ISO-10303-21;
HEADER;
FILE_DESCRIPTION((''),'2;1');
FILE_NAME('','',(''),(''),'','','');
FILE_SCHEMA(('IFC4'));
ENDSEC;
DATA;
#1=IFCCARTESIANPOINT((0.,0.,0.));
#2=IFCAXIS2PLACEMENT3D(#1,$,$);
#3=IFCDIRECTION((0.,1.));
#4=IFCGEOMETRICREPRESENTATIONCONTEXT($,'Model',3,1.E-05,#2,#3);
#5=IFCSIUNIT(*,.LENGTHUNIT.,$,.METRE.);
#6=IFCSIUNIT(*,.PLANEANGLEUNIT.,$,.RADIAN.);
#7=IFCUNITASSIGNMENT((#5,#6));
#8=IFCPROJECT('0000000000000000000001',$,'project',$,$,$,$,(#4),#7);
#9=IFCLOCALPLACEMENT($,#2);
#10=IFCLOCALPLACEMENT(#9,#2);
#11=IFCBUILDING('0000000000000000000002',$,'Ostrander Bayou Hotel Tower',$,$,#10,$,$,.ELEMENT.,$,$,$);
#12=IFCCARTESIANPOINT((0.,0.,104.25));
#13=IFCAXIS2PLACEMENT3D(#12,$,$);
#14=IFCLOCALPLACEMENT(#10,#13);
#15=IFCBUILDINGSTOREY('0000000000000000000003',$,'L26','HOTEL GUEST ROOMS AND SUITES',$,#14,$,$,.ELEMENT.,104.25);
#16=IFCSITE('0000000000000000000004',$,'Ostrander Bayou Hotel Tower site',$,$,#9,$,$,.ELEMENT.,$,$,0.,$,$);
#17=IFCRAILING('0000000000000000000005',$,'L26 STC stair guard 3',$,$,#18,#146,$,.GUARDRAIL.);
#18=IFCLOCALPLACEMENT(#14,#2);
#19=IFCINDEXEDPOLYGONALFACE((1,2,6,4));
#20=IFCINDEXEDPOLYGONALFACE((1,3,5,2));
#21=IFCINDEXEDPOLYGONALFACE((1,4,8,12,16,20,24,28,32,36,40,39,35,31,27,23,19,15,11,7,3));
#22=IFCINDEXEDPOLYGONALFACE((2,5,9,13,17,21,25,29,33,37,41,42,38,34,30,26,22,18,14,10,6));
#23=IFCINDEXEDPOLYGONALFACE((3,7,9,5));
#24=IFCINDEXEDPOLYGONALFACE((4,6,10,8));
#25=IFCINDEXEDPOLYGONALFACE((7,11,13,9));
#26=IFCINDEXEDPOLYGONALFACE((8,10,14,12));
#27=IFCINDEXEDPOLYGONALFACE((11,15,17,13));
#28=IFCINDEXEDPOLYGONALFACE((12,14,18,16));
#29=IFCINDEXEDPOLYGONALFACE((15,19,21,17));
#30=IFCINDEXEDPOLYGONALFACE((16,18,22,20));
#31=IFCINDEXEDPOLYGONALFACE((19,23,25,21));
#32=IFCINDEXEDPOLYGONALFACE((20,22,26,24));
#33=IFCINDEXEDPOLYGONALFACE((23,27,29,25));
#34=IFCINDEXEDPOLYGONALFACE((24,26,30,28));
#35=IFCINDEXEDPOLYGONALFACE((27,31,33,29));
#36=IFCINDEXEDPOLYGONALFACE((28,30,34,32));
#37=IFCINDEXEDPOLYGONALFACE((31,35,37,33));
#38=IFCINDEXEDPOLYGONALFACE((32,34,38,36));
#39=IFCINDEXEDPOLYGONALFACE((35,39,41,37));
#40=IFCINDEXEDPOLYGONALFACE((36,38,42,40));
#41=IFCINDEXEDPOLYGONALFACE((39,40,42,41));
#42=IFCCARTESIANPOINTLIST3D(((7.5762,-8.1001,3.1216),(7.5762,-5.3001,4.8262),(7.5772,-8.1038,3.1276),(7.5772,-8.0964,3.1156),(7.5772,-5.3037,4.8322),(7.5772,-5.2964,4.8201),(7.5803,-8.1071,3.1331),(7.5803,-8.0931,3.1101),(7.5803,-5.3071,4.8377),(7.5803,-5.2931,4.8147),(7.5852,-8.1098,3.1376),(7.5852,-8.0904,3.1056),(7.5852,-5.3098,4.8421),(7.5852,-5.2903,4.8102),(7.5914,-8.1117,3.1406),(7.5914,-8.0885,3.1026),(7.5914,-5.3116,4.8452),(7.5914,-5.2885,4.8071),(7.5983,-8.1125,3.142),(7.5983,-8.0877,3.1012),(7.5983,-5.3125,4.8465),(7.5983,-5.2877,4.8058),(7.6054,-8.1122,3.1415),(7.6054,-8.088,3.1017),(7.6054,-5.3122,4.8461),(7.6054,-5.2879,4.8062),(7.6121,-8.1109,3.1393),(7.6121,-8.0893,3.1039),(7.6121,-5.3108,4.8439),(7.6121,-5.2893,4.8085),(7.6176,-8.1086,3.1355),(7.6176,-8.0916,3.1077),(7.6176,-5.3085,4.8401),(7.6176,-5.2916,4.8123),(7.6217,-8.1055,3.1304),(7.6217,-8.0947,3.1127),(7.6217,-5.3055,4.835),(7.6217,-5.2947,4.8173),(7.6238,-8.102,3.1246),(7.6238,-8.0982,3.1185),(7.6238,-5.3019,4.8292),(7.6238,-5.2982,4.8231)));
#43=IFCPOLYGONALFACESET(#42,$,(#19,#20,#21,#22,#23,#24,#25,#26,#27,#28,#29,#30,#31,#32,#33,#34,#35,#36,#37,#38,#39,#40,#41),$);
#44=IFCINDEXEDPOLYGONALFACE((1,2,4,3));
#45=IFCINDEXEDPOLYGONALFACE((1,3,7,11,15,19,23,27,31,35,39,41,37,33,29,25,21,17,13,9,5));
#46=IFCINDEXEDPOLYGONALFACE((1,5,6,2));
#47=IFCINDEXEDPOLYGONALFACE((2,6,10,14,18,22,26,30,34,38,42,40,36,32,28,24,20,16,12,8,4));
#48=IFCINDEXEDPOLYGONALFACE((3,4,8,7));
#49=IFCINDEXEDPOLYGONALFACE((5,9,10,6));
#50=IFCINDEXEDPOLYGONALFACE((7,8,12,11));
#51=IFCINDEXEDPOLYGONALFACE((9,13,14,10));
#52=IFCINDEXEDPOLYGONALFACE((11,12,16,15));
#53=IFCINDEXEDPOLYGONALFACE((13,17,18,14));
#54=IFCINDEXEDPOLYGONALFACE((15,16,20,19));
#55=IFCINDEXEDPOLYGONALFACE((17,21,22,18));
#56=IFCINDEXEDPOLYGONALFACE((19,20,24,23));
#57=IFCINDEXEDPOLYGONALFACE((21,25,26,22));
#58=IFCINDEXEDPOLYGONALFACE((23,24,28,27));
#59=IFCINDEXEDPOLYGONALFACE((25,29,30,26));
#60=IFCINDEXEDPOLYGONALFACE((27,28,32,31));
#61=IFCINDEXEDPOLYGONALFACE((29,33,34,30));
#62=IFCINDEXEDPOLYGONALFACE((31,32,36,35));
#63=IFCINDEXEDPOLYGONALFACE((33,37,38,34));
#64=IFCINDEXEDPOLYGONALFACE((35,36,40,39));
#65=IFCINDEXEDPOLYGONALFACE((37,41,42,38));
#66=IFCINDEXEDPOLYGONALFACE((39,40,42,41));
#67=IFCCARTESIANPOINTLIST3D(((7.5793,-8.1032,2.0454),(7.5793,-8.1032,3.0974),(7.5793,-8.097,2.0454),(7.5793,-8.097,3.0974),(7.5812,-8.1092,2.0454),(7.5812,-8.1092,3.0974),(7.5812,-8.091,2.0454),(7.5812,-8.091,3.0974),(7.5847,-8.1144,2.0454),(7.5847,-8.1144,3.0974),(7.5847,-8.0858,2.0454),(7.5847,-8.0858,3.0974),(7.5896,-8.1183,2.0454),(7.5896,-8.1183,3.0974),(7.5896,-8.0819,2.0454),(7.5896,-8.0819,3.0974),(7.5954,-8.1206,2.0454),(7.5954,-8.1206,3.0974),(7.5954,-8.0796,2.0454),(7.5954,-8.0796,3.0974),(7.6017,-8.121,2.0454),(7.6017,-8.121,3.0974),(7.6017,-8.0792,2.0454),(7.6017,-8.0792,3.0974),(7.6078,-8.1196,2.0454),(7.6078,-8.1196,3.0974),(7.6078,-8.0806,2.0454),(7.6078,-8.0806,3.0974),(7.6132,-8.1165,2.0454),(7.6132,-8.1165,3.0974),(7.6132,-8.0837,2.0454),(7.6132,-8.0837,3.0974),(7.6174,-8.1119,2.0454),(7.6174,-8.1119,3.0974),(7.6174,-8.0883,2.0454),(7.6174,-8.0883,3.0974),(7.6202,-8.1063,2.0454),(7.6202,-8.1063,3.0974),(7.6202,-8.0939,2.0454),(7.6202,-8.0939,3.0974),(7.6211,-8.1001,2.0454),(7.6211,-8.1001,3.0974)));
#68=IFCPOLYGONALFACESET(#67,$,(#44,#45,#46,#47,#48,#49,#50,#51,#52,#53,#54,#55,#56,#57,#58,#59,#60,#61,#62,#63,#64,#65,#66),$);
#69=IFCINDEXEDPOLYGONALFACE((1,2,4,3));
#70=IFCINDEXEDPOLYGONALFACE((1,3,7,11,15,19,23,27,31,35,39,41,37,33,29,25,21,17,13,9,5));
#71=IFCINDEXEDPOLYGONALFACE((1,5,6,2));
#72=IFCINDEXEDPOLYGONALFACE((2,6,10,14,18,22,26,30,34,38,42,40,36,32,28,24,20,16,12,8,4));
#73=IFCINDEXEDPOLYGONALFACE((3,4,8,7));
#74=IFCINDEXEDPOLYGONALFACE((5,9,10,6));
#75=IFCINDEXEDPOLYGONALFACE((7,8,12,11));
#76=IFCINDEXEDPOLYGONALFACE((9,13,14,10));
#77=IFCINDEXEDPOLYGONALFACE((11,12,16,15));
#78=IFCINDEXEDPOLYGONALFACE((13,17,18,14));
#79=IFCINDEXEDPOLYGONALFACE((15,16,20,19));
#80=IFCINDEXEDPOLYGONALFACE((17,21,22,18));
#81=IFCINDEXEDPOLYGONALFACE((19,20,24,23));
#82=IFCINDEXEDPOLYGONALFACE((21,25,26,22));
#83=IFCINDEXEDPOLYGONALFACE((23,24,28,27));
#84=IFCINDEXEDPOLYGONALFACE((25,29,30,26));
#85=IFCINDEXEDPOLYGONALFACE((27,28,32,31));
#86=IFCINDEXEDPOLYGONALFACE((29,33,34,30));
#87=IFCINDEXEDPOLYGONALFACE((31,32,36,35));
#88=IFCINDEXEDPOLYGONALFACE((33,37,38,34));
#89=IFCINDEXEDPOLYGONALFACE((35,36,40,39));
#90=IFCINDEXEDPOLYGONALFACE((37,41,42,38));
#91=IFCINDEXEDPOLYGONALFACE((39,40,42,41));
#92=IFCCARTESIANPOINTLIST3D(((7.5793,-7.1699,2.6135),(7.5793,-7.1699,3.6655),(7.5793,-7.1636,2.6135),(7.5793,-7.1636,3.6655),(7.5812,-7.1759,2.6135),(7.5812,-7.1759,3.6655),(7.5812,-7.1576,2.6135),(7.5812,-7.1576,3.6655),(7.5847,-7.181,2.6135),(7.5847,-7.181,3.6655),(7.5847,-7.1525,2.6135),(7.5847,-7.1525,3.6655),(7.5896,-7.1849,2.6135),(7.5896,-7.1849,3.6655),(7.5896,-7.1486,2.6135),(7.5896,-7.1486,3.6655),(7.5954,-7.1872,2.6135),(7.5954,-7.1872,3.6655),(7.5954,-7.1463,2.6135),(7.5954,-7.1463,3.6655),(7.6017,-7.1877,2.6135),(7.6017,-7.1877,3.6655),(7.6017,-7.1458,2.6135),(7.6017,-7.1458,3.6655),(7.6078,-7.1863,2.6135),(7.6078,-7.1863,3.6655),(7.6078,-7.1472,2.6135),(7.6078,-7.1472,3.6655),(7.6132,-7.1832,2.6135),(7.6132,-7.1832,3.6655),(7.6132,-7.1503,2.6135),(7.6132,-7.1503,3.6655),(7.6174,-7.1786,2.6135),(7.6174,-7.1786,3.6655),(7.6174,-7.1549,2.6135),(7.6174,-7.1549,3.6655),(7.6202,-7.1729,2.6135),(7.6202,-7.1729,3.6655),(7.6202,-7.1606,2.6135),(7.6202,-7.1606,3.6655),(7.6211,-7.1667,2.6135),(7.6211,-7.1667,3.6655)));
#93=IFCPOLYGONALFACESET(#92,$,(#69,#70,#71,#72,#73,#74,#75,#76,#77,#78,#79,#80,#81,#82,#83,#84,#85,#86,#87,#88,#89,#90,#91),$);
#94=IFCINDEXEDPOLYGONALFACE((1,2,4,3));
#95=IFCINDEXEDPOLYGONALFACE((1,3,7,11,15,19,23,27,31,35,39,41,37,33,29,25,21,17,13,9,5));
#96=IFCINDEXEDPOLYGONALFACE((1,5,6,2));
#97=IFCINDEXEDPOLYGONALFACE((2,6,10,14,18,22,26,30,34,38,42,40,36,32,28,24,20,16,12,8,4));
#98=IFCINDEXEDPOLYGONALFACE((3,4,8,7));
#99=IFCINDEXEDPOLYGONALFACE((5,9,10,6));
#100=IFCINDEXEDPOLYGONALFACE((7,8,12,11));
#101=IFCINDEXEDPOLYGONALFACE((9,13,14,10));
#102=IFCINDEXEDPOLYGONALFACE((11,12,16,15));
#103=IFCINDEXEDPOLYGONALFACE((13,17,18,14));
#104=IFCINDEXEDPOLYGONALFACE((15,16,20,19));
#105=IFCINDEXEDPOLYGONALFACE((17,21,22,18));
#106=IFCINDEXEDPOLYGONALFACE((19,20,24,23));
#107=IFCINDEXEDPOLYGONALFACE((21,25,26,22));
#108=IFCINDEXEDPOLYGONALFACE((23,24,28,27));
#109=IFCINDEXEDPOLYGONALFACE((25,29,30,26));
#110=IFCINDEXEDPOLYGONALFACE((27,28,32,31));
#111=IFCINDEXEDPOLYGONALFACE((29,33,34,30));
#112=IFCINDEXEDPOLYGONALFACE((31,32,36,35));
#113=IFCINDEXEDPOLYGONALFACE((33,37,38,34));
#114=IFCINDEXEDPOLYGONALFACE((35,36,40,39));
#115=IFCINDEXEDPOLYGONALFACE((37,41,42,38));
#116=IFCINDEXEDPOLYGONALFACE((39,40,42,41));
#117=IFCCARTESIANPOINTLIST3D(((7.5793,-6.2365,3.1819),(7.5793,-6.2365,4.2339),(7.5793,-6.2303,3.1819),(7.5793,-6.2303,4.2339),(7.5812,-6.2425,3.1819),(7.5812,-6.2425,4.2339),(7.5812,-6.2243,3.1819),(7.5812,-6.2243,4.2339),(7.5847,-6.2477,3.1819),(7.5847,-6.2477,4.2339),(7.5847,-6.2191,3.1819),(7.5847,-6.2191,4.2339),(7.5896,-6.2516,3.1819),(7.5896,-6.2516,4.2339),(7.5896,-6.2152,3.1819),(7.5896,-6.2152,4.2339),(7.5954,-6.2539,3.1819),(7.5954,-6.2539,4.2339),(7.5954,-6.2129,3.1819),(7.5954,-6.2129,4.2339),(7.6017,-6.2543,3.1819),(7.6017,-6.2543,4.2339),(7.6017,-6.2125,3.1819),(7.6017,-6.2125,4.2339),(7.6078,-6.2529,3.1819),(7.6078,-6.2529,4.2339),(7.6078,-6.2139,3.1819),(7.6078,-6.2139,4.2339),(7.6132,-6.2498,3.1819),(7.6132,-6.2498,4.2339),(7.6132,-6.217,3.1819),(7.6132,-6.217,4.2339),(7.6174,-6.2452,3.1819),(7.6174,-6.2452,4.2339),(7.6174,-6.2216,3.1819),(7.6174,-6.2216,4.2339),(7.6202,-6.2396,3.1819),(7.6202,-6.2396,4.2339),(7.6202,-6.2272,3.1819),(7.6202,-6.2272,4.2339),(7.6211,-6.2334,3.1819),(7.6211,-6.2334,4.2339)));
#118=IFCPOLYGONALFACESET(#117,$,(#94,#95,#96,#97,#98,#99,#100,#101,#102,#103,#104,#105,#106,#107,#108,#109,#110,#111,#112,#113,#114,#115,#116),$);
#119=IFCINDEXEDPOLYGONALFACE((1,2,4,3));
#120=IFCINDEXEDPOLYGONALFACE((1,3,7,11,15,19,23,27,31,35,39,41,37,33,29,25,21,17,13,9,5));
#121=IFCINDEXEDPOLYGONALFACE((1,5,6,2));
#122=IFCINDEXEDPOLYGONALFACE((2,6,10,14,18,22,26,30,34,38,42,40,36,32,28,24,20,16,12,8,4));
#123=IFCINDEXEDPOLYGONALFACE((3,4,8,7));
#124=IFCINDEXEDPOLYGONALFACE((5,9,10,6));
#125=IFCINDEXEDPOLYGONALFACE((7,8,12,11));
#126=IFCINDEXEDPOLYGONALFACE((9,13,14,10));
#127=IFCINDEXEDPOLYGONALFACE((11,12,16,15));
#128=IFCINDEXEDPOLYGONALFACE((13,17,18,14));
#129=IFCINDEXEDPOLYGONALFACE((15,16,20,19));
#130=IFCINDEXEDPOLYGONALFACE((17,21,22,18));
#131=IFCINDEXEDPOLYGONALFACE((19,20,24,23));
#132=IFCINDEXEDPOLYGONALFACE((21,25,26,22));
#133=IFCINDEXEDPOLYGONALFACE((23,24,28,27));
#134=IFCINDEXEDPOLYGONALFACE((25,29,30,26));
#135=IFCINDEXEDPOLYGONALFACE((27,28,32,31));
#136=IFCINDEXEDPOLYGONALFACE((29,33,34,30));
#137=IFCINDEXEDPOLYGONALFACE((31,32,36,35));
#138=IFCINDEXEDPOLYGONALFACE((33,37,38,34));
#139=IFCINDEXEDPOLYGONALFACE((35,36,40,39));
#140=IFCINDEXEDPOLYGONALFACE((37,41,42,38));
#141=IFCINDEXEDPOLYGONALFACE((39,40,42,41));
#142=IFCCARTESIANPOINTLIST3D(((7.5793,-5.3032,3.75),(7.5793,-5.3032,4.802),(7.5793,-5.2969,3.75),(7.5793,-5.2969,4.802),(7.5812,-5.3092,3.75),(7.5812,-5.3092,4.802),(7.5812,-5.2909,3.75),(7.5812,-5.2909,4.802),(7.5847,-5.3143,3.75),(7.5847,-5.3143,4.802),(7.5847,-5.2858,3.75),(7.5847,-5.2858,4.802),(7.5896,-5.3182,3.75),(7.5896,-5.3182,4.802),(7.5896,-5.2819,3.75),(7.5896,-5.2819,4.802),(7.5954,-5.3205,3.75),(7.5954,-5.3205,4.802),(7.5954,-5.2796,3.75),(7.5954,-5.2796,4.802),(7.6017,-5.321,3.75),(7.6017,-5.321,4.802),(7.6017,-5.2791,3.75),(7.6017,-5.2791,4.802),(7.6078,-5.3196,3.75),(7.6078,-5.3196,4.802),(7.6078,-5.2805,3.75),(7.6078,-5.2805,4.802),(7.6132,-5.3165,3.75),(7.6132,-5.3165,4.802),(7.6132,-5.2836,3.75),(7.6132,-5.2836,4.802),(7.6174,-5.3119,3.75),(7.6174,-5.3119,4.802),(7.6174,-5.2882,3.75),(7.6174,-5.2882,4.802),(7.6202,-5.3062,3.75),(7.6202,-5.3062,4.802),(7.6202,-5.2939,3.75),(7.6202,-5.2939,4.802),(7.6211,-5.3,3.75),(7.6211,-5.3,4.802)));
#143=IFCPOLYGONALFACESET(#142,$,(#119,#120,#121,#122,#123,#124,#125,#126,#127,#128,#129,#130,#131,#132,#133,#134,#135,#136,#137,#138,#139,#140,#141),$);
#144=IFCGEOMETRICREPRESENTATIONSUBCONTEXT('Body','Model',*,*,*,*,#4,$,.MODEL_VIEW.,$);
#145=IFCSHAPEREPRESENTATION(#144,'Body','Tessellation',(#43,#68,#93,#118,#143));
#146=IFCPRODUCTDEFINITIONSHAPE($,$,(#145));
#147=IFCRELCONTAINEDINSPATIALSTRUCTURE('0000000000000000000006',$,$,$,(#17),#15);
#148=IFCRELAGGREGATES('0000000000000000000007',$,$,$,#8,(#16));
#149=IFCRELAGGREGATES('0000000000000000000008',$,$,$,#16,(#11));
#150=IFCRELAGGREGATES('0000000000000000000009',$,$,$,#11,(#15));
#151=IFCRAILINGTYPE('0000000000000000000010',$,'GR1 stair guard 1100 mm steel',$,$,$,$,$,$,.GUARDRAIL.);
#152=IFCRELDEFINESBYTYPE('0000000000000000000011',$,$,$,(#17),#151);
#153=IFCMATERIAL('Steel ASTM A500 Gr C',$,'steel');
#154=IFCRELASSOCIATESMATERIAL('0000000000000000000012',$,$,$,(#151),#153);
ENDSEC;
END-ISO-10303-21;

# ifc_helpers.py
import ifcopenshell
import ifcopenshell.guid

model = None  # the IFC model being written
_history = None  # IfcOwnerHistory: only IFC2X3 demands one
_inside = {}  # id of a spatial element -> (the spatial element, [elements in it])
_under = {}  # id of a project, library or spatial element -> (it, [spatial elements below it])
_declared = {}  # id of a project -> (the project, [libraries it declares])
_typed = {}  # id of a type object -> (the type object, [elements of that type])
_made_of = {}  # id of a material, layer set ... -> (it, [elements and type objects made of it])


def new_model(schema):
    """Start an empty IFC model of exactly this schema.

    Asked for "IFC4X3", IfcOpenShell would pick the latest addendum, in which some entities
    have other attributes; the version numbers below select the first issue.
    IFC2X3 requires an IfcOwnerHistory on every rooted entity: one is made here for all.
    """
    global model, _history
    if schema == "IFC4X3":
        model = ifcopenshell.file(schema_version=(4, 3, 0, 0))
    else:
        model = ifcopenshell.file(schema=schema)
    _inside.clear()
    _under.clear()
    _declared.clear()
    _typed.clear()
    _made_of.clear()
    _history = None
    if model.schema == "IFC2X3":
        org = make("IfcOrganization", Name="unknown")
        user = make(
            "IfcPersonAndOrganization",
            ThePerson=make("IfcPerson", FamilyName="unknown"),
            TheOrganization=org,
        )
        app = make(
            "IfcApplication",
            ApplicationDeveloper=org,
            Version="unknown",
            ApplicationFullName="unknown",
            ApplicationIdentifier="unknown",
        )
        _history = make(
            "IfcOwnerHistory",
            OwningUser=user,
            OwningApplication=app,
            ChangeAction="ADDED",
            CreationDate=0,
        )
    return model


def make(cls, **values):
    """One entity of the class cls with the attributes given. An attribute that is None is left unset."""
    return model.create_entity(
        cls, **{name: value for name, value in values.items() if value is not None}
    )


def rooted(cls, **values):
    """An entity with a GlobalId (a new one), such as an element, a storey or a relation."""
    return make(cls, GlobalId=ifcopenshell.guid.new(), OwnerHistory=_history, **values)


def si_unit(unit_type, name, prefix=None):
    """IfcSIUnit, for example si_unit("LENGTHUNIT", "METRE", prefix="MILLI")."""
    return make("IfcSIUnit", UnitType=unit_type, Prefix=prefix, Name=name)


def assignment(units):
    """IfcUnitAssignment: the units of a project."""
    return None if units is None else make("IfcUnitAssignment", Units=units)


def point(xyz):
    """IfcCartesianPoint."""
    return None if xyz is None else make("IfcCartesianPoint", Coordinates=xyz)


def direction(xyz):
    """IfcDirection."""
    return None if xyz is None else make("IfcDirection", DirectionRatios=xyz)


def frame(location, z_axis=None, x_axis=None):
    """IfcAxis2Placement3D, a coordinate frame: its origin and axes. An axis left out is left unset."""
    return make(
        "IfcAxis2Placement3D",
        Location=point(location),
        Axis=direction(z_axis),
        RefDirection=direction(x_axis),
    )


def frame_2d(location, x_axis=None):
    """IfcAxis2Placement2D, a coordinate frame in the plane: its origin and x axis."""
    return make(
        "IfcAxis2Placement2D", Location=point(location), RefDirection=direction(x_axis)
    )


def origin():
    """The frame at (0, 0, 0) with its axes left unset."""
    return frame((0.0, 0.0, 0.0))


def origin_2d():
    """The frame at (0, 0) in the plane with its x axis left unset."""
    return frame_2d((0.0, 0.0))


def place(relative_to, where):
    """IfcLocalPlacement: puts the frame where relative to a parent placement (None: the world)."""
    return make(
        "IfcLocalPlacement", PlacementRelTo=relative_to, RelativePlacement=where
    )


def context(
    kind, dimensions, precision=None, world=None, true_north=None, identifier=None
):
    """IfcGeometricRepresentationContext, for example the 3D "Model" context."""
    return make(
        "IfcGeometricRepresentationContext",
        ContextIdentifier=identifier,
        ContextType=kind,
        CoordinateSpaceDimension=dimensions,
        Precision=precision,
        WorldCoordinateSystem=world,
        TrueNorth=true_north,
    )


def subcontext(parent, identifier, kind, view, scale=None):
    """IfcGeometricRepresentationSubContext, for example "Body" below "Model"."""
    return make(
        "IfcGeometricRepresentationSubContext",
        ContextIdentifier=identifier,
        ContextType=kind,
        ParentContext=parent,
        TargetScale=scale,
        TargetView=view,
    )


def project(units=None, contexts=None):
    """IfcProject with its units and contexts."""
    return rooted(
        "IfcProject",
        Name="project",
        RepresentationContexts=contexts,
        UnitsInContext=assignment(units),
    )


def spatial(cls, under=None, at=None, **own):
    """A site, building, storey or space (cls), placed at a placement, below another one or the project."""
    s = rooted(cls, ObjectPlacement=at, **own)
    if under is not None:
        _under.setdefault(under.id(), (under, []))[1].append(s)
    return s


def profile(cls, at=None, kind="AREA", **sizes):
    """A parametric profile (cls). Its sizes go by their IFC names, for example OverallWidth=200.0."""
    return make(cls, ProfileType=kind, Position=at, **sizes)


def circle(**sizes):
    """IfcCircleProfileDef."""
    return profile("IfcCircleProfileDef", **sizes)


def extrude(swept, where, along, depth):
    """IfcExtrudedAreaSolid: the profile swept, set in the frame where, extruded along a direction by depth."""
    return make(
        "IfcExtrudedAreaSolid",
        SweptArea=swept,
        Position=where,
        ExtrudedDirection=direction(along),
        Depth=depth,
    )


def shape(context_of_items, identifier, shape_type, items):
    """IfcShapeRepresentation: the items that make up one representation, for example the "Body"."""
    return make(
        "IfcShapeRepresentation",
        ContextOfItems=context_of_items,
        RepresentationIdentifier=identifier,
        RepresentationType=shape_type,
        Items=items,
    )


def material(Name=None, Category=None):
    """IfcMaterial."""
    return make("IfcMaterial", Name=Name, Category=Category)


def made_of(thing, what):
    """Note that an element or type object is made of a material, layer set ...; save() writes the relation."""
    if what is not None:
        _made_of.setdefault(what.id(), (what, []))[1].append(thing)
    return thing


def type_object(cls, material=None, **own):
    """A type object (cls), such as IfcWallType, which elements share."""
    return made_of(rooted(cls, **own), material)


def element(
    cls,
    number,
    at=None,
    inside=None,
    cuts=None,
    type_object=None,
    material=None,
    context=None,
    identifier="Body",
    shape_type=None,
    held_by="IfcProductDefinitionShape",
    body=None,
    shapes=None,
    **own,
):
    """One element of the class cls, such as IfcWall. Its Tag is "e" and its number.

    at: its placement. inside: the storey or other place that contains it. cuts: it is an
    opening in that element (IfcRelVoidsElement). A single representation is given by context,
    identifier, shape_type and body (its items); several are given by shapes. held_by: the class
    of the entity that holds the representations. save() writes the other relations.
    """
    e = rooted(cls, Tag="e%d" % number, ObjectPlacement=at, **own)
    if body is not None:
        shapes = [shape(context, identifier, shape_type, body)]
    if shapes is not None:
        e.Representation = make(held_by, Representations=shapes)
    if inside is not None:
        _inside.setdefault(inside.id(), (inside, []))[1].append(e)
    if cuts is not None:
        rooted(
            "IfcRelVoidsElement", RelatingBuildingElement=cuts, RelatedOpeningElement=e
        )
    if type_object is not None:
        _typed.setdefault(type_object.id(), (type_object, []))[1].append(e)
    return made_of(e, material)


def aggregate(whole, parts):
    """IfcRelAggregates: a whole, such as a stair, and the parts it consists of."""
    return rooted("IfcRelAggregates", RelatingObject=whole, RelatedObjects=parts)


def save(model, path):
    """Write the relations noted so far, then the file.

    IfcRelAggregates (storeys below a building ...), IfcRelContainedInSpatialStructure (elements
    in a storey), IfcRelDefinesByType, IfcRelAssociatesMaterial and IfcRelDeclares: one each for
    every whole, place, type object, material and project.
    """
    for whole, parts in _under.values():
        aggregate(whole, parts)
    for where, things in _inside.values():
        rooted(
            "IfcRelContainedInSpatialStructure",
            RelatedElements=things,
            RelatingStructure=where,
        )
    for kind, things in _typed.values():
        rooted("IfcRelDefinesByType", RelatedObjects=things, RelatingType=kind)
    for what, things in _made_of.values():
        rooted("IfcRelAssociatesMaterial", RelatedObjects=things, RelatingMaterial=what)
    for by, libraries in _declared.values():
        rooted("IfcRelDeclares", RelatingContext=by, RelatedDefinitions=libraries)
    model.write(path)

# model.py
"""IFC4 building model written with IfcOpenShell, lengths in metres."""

from ifc_helpers import new_model, si_unit, direction, frame, origin, origin_2d, place, context, subcontext, project, spatial, circle, extrude, material, type_object, element, save


model = new_model("IFC4")

# Units and contexts
model_context = context("Model", 3, precision=1e-05, world=origin(), true_north=direction((0.0, 1.0)))
body_context = subcontext(model_context, "Body", "Model", "MODEL_VIEW")
ifc_project = project(units=[si_unit("LENGTHUNIT", "METRE"), si_unit("PLANEANGLEUNIT", "RADIAN")], contexts=[model_context])

# Site, building, storey
site_placement = place(None, origin())
site = spatial("IfcSite", under=ifc_project, at=site_placement, Name="Ostrander Bayou Hotel Tower site", CompositionType="ELEMENT", RefElevation=0.0)
building_placement = place(site_placement, origin())
building = spatial("IfcBuilding", under=site, at=building_placement, Name="Ostrander Bayou Hotel Tower", CompositionType="ELEMENT")
storey_placement = place(building_placement, frame((0.0, 0.0, 104.25)))
storey = spatial("IfcBuildingStorey", under=building, at=storey_placement, Name="L26", Description="HOTEL GUEST ROOMS AND SUITES", CompositionType="ELEMENT", Elevation=104.25)

# Railing
ifc_material_1 = material(Name="Steel ASTM A500 Gr C", Category="steel")
railing_type_1 = type_object("IfcRailingType", Name="GR1 stair guard 1100 mm steel", PredefinedType="GUARDRAIL", material=ifc_material_1)
railing_1_placement = place(storey_placement, frame((7.6001, -8.1001, 2.0454)))
element("IfcRailing", 1, at=railing_1_placement, inside=storey, type_object=railing_type_1, Name="L26 STC stair guard 3", PredefinedType="GUARDRAIL", context=body_context, shape_type="SweptSolid", body=[
    extrude(circle(Radius=0.0239, at=origin_2d()), frame((0.0, 0.0, 1.0762), z_axis=(0.0, 0.85417, 0.519994), x_axis=(-1.0, 0.0, 0.0)), (0.0, 0.0, 1.0), 3.2781),
    extrude(circle(Radius=0.021, at=origin_2d()), origin(), (0.0, 0.0, 1.0), 1.052),
    extrude(circle(Radius=0.021, at=origin_2d()), frame((0.0, 0.9333, 0.5681)), (0.0, 0.0, 1.0), 1.052),
    extrude(circle(Radius=0.021, at=origin_2d()), frame((0.0, 1.8667, 1.1365)), (0.0, 0.0, 1.0), 1.052),
    extrude(circle(Radius=0.021, at=origin_2d()), frame((0.0, 2.8, 1.7046)), (0.0, 0.0, 1.0), 1.052),
])

save(model, "model.ifc")
